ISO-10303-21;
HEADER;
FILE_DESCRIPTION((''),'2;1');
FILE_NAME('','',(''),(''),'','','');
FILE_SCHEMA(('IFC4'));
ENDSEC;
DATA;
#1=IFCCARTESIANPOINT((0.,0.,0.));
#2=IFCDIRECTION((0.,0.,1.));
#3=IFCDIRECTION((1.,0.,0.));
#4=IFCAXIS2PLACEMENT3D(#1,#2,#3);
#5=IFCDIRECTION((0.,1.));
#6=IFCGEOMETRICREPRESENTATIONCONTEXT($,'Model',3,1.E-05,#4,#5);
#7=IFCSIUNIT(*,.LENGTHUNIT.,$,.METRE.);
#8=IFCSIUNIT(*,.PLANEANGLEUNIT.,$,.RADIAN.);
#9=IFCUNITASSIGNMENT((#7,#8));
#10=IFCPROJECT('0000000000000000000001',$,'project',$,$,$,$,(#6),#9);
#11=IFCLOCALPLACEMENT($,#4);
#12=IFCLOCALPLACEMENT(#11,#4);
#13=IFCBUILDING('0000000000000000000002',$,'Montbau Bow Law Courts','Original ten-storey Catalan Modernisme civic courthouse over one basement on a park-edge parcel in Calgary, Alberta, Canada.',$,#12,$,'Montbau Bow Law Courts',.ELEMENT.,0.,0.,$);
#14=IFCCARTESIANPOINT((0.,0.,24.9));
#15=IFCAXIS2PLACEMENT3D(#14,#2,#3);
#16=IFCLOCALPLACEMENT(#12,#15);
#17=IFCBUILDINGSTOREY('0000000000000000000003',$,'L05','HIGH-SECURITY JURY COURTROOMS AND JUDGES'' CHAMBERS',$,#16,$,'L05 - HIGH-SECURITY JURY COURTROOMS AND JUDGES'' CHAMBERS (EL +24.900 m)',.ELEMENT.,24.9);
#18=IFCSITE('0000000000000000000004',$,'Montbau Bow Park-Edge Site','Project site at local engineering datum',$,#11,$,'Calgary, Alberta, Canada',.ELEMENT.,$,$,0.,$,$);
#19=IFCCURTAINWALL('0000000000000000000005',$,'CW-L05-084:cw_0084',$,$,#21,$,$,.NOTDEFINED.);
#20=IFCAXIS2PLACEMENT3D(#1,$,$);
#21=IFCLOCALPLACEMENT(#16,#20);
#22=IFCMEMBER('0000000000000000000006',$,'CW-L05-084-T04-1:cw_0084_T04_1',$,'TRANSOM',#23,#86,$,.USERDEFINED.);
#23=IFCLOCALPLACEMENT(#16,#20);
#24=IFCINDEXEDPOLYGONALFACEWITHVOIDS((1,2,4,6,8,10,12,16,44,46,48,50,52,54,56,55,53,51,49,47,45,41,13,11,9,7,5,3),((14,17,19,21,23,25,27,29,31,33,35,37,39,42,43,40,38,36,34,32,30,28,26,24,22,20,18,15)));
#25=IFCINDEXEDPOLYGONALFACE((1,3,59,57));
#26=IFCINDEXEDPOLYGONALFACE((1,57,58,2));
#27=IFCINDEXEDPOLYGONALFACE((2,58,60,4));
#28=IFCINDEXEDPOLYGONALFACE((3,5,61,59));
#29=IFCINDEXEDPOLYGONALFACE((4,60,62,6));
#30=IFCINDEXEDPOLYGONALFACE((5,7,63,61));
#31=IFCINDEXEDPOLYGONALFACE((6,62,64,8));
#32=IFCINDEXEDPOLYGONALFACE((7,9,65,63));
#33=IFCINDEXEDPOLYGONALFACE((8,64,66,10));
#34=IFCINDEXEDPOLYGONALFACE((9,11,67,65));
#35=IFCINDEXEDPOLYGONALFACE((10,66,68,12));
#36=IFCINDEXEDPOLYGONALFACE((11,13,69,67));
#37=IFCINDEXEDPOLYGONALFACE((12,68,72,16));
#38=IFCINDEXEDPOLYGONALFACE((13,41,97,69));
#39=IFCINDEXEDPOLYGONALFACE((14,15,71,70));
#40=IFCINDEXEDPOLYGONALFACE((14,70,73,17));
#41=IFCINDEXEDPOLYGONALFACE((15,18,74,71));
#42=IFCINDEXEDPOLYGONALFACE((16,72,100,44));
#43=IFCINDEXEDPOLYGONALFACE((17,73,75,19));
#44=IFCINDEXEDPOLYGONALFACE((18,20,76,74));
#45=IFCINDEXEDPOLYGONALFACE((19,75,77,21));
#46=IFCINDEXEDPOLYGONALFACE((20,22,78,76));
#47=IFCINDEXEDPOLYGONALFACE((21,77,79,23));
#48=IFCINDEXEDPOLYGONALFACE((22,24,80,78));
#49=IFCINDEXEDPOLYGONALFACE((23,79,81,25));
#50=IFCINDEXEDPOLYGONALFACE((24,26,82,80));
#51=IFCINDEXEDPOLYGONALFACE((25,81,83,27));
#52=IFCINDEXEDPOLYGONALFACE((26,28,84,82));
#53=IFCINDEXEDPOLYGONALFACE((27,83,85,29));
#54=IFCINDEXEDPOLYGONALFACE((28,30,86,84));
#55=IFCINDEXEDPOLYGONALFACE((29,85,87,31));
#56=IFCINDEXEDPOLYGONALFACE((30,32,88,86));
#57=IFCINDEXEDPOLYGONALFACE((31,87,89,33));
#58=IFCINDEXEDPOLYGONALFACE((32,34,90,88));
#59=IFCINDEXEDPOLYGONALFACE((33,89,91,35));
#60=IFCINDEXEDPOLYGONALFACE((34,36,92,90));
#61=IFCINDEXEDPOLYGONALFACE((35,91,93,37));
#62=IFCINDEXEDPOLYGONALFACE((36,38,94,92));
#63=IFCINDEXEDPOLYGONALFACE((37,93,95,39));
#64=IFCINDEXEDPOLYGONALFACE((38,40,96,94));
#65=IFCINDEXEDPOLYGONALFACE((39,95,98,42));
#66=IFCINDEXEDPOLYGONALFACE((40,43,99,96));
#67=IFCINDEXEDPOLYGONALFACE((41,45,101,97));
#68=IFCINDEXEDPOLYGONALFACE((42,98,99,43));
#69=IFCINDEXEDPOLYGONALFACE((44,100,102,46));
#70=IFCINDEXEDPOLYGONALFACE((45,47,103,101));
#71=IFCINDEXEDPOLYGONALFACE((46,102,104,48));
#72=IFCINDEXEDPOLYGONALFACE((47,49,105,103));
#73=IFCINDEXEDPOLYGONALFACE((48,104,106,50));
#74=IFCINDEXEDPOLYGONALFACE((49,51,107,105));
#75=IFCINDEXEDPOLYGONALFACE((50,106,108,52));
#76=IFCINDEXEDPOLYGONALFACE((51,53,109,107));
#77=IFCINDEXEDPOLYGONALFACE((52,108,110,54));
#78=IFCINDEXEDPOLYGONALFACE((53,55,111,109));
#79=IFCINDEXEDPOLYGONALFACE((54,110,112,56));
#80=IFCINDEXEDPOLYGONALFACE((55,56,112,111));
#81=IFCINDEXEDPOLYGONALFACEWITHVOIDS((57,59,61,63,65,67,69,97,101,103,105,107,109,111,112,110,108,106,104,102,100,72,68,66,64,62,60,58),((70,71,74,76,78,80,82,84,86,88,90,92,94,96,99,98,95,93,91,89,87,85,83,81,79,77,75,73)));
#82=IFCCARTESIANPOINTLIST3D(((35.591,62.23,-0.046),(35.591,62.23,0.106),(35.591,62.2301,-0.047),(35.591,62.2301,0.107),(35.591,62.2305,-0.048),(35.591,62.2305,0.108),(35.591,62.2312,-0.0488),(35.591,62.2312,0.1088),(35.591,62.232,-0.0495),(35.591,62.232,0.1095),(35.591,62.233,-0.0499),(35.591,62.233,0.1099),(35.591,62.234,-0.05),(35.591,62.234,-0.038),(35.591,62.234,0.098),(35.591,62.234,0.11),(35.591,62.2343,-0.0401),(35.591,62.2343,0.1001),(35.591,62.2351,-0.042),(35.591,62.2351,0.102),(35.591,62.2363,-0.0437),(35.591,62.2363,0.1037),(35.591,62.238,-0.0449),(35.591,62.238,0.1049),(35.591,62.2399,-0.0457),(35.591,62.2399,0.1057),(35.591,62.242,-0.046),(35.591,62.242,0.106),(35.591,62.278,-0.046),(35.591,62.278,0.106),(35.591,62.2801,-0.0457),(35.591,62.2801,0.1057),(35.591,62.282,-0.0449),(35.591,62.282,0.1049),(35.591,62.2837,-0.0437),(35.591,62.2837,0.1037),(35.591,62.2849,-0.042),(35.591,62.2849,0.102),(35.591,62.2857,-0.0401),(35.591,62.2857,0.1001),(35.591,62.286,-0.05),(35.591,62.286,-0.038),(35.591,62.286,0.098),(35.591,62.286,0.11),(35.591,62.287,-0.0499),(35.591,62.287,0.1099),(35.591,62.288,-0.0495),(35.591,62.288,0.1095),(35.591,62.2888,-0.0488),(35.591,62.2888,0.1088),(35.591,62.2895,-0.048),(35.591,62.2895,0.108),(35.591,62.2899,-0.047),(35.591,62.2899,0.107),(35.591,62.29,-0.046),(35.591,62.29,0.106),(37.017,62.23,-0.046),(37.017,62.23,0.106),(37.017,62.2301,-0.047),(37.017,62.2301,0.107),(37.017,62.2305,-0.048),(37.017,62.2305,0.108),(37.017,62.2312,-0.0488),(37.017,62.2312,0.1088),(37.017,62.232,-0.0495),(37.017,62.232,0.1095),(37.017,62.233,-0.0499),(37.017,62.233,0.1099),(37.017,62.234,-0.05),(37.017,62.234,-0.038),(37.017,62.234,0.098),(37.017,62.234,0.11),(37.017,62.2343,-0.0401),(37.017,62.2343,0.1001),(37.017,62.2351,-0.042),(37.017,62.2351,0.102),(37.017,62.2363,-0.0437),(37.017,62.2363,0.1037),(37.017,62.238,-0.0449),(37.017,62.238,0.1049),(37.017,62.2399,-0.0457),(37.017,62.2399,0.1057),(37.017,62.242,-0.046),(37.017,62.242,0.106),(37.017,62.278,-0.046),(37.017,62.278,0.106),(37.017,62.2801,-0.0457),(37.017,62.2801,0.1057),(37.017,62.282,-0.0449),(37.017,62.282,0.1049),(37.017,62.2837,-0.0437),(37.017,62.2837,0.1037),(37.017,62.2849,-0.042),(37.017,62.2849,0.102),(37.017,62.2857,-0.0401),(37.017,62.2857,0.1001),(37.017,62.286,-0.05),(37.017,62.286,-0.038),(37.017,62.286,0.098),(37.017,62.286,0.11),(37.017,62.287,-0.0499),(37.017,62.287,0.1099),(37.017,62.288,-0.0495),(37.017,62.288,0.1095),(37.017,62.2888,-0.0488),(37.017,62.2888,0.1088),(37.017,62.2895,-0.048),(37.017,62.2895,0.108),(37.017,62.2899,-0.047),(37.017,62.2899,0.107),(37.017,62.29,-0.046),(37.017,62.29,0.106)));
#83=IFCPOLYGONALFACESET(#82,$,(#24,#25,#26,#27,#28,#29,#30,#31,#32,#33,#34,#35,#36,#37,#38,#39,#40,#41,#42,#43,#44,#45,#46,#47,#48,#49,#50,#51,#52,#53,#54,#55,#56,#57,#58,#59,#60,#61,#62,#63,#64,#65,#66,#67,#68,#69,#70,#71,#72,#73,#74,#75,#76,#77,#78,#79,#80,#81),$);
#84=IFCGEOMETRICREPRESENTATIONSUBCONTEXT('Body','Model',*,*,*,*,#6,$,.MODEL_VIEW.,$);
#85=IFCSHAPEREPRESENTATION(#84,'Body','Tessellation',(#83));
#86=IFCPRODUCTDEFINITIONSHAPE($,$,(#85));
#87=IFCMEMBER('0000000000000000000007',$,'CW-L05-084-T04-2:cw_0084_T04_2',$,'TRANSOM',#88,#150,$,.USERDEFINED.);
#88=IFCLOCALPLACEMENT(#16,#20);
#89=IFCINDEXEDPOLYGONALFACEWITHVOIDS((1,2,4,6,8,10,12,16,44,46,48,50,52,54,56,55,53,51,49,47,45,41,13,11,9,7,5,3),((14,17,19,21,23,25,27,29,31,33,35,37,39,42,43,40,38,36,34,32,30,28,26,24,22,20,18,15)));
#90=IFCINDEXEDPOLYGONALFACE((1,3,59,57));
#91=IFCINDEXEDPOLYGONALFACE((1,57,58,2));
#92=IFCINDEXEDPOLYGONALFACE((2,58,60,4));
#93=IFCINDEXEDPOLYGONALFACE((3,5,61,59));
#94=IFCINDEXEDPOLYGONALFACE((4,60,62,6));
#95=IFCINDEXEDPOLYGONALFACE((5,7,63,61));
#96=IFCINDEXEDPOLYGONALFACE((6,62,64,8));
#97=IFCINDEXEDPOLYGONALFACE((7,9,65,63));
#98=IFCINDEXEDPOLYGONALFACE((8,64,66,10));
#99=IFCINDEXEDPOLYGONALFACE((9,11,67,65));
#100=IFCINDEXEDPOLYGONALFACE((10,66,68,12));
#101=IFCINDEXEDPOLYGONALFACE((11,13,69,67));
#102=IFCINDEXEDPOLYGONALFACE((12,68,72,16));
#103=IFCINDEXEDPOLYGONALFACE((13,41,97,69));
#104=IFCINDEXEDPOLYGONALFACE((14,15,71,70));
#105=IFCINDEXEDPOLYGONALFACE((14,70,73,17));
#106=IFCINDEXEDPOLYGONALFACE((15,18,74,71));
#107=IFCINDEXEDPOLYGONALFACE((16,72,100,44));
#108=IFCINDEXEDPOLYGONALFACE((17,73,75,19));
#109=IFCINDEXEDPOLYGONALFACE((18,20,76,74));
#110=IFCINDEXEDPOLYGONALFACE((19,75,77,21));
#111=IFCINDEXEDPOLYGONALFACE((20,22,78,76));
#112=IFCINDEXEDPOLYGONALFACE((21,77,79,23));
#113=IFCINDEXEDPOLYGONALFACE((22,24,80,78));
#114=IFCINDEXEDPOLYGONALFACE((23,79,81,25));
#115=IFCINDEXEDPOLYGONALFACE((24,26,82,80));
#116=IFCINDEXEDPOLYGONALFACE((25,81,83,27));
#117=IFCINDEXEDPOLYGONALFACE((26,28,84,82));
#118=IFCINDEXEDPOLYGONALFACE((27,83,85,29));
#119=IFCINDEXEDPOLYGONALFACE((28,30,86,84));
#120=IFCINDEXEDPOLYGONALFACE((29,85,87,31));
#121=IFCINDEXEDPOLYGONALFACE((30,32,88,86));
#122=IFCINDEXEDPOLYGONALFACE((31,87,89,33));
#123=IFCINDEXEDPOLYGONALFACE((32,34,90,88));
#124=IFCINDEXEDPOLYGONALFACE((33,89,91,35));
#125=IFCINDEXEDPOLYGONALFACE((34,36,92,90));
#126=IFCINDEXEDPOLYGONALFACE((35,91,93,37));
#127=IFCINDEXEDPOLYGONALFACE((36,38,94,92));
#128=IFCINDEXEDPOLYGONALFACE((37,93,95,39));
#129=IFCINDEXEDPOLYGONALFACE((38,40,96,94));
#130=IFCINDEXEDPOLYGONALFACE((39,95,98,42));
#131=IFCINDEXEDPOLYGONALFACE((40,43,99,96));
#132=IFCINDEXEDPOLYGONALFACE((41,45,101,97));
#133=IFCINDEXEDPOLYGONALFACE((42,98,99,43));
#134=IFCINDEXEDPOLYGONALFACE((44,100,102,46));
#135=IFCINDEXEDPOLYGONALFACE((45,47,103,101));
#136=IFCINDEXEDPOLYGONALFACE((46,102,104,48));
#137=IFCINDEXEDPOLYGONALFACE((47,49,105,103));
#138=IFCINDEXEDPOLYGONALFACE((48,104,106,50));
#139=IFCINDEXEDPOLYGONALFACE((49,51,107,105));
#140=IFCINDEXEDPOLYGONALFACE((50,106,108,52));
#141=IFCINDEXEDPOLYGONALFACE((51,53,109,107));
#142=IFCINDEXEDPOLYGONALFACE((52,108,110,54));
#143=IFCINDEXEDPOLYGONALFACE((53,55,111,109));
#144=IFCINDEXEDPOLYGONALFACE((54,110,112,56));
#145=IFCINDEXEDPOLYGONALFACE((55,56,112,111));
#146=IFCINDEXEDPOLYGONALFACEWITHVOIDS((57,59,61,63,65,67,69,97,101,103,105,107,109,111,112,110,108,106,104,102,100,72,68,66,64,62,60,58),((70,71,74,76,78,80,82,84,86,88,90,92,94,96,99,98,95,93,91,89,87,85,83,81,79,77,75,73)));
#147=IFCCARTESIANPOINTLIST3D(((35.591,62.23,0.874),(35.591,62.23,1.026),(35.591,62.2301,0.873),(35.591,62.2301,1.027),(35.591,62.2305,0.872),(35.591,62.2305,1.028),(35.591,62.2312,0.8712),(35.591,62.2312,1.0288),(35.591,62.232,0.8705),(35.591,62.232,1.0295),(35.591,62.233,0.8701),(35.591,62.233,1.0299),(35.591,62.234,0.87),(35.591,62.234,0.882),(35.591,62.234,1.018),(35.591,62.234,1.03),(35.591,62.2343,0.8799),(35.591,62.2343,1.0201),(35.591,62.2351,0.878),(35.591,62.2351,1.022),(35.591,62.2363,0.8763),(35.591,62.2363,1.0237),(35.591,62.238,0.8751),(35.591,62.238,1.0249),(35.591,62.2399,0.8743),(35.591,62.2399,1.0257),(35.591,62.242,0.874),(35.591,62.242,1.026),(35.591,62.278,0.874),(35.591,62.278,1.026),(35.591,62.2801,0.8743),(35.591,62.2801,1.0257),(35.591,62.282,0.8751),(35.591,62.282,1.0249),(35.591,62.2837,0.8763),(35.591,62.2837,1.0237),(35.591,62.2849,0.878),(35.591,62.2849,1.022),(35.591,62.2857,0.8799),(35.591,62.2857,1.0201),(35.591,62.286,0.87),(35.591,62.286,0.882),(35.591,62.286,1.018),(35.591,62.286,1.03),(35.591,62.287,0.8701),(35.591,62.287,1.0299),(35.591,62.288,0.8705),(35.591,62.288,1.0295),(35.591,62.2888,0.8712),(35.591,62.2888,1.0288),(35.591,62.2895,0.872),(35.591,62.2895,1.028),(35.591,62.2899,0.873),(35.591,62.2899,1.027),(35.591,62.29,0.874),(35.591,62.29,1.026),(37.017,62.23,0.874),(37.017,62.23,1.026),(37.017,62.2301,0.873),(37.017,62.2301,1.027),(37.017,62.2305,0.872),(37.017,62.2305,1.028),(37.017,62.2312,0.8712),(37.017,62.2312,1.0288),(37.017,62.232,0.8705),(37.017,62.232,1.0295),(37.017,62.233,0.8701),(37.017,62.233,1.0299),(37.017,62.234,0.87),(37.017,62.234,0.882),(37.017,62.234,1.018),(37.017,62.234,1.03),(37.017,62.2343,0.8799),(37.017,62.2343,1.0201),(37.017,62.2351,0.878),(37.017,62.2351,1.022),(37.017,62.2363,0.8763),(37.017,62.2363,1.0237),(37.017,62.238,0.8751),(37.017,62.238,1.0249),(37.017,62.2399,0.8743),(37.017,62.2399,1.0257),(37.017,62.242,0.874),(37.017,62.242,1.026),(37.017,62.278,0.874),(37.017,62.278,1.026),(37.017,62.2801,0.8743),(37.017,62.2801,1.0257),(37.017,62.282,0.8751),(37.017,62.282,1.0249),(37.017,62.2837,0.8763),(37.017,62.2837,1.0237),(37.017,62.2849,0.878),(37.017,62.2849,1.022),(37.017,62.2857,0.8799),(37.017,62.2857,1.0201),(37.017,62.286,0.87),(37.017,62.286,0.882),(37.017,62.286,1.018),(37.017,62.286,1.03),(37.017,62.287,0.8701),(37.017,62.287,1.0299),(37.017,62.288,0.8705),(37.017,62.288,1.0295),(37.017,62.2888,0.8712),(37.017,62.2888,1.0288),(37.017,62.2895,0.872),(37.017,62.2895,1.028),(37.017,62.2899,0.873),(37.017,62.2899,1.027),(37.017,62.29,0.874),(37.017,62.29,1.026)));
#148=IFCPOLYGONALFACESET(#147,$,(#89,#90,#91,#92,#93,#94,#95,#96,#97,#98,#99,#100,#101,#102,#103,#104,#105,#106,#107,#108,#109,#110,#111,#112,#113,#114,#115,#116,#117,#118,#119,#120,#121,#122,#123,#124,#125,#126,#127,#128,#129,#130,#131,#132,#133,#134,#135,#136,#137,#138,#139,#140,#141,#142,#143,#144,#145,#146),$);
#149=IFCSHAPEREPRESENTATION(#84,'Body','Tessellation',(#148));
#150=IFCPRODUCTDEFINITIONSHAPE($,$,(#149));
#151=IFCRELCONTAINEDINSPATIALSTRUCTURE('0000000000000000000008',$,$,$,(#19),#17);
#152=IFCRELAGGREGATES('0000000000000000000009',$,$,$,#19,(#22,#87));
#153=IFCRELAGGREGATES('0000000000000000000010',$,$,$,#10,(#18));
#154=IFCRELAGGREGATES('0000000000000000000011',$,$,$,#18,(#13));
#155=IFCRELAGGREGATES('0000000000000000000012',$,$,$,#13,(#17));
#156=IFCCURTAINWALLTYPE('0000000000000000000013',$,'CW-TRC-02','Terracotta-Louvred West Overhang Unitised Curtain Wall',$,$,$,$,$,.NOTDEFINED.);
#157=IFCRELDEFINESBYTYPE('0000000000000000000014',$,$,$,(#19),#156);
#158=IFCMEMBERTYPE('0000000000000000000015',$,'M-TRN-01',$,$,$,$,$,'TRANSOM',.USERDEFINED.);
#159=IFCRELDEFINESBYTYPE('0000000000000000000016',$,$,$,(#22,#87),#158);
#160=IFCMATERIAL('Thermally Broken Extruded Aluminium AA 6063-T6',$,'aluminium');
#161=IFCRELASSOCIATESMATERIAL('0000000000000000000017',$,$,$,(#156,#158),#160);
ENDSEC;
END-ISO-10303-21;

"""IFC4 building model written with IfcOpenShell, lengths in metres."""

from ifc_helpers import new_model, si_unit, direction, frame, origin_with_axes, origin_2d_with_axis, place, context, subcontext, project, spatial, hollow_rectangle, extrude, material, material_profile, profile_set, type_object, element, aggregate, save


model = new_model("IFC4")

# Units and contexts
model_context = context("Model", 3, precision=1e-05, world=origin_with_axes(), true_north=direction((0.0, 1.0)))
body_context = subcontext(model_context, "Body", "Model", "MODEL_VIEW")
ifc_project = project(units=[si_unit("LENGTHUNIT", "METRE"), si_unit("PLANEANGLEUNIT", "RADIAN")], contexts=[model_context])

# Site, building, storey
site_placement = place(None, origin_with_axes())
site = spatial("IfcSite", under=ifc_project, at=site_placement, Name="Montbau Bow Park-Edge Site", Description="Project site at local engineering datum", LongName="Calgary, Alberta, Canada", CompositionType="ELEMENT", RefElevation=0.0)
building_placement = place(site_placement, origin_with_axes())
building = spatial("IfcBuilding", under=site, at=building_placement, Name="Montbau Bow Law Courts", Description="Original ten-storey Catalan Modernisme civic courthouse over one basement on a park-edge parcel in Calgary, Alberta, Canada.", LongName="Montbau Bow Law Courts", CompositionType="ELEMENT", ElevationOfRefHeight=0.0, ElevationOfTerrain=0.0)
storey_placement = place(building_placement, frame((0.0, 0.0, 24.9), z_axis=(0.0, 0.0, 1.0), x_axis=(1.0, 0.0, 0.0)))
storey = spatial("IfcBuildingStorey", under=building, at=storey_placement, Name="L05", Description="HIGH-SECURITY JURY COURTROOMS AND JUDGES' CHAMBERS", LongName="L05 - HIGH-SECURITY JURY COURTROOMS AND JUDGES' CHAMBERS (EL +24.900 m)", CompositionType="ELEMENT", Elevation=24.9)

# Curtain wall, members
ifc_material_1 = material(Name="Thermally Broken Extruded Aluminium AA 6063-T6", Category="aluminium")
curtain_wall_type = type_object("IfcCurtainWallType", Name="CW-TRC-02", Description="Terracotta-Louvred West Overhang Unitised Curtain Wall", PredefinedType="NOTDEFINED", material=ifc_material_1)
curtain_wall_placement = place(None, frame((31.04, 62.26, 24.9), z_axis=(0.0, 0.0, 1.0), x_axis=(1.0, 0.0, 0.0)))
curtain_wall = element("IfcCurtainWall", 1, at=curtain_wall_placement, inside=storey, type_object=curtain_wall_type, Name="CW-L05-084:cw_0084", PredefinedType="NOTDEFINED")
ifc_material_profile_1 = material_profile(ifc_material_1, hollow_rectangle(XDim=0.06, YDim=0.16, WallThickness=0.004, InnerFilletRadius=0.008, OuterFilletRadius=0.004, at=origin_2d_with_axis()), Name="CWT-160X60", Category="Main", Priority=0)
ifc_profile_set_1 = profile_set([ifc_material_profile_1], Name="Thermally Broken Extruded Aluminium AA 6063-T6")
member_type_1 = type_object("IfcMemberType", Name="M-TRN-01", ElementType="TRANSOM", PredefinedType="USERDEFINED", material=ifc_profile_set_1)
member_1_placement = place(None, frame((35.591, 62.26, 24.93), z_axis=(1.0, 0.0, 0.0), x_axis=(0.0, 1.0, 0.0)))
member_1 = element("IfcMember", 2, at=member_1_placement, type_object=member_type_1, Name="CW-L05-084-T04-1:cw_0084_T04_1", ObjectType="TRANSOM", PredefinedType="USERDEFINED", context=body_context, shape_type="SweptSolid", body=[
    extrude(hollow_rectangle(XDim=0.06, YDim=0.16, WallThickness=0.004, InnerFilletRadius=0.008, OuterFilletRadius=0.004, at=origin_2d_with_axis()), origin_with_axes(), (0.0, 0.0, 1.0), 1.426),
])
member_2_placement = place(None, frame((35.591, 62.26, 25.85), z_axis=(1.0, 0.0, 0.0), x_axis=(0.0, 1.0, 0.0)))
member_2 = element("IfcMember", 3, at=member_2_placement, type_object=member_type_1, Name="CW-L05-084-T04-2:cw_0084_T04_2", ObjectType="TRANSOM", PredefinedType="USERDEFINED", context=body_context, shape_type="SweptSolid", body=[
    extrude(hollow_rectangle(XDim=0.06, YDim=0.16, WallThickness=0.004, InnerFilletRadius=0.008, OuterFilletRadius=0.004, at=origin_2d_with_axis()), origin_with_axes(), (0.0, 0.0, 1.0), 1.426),
])
aggregate(curtain_wall, [member_1, member_2])

save(model, "model.ifc")
